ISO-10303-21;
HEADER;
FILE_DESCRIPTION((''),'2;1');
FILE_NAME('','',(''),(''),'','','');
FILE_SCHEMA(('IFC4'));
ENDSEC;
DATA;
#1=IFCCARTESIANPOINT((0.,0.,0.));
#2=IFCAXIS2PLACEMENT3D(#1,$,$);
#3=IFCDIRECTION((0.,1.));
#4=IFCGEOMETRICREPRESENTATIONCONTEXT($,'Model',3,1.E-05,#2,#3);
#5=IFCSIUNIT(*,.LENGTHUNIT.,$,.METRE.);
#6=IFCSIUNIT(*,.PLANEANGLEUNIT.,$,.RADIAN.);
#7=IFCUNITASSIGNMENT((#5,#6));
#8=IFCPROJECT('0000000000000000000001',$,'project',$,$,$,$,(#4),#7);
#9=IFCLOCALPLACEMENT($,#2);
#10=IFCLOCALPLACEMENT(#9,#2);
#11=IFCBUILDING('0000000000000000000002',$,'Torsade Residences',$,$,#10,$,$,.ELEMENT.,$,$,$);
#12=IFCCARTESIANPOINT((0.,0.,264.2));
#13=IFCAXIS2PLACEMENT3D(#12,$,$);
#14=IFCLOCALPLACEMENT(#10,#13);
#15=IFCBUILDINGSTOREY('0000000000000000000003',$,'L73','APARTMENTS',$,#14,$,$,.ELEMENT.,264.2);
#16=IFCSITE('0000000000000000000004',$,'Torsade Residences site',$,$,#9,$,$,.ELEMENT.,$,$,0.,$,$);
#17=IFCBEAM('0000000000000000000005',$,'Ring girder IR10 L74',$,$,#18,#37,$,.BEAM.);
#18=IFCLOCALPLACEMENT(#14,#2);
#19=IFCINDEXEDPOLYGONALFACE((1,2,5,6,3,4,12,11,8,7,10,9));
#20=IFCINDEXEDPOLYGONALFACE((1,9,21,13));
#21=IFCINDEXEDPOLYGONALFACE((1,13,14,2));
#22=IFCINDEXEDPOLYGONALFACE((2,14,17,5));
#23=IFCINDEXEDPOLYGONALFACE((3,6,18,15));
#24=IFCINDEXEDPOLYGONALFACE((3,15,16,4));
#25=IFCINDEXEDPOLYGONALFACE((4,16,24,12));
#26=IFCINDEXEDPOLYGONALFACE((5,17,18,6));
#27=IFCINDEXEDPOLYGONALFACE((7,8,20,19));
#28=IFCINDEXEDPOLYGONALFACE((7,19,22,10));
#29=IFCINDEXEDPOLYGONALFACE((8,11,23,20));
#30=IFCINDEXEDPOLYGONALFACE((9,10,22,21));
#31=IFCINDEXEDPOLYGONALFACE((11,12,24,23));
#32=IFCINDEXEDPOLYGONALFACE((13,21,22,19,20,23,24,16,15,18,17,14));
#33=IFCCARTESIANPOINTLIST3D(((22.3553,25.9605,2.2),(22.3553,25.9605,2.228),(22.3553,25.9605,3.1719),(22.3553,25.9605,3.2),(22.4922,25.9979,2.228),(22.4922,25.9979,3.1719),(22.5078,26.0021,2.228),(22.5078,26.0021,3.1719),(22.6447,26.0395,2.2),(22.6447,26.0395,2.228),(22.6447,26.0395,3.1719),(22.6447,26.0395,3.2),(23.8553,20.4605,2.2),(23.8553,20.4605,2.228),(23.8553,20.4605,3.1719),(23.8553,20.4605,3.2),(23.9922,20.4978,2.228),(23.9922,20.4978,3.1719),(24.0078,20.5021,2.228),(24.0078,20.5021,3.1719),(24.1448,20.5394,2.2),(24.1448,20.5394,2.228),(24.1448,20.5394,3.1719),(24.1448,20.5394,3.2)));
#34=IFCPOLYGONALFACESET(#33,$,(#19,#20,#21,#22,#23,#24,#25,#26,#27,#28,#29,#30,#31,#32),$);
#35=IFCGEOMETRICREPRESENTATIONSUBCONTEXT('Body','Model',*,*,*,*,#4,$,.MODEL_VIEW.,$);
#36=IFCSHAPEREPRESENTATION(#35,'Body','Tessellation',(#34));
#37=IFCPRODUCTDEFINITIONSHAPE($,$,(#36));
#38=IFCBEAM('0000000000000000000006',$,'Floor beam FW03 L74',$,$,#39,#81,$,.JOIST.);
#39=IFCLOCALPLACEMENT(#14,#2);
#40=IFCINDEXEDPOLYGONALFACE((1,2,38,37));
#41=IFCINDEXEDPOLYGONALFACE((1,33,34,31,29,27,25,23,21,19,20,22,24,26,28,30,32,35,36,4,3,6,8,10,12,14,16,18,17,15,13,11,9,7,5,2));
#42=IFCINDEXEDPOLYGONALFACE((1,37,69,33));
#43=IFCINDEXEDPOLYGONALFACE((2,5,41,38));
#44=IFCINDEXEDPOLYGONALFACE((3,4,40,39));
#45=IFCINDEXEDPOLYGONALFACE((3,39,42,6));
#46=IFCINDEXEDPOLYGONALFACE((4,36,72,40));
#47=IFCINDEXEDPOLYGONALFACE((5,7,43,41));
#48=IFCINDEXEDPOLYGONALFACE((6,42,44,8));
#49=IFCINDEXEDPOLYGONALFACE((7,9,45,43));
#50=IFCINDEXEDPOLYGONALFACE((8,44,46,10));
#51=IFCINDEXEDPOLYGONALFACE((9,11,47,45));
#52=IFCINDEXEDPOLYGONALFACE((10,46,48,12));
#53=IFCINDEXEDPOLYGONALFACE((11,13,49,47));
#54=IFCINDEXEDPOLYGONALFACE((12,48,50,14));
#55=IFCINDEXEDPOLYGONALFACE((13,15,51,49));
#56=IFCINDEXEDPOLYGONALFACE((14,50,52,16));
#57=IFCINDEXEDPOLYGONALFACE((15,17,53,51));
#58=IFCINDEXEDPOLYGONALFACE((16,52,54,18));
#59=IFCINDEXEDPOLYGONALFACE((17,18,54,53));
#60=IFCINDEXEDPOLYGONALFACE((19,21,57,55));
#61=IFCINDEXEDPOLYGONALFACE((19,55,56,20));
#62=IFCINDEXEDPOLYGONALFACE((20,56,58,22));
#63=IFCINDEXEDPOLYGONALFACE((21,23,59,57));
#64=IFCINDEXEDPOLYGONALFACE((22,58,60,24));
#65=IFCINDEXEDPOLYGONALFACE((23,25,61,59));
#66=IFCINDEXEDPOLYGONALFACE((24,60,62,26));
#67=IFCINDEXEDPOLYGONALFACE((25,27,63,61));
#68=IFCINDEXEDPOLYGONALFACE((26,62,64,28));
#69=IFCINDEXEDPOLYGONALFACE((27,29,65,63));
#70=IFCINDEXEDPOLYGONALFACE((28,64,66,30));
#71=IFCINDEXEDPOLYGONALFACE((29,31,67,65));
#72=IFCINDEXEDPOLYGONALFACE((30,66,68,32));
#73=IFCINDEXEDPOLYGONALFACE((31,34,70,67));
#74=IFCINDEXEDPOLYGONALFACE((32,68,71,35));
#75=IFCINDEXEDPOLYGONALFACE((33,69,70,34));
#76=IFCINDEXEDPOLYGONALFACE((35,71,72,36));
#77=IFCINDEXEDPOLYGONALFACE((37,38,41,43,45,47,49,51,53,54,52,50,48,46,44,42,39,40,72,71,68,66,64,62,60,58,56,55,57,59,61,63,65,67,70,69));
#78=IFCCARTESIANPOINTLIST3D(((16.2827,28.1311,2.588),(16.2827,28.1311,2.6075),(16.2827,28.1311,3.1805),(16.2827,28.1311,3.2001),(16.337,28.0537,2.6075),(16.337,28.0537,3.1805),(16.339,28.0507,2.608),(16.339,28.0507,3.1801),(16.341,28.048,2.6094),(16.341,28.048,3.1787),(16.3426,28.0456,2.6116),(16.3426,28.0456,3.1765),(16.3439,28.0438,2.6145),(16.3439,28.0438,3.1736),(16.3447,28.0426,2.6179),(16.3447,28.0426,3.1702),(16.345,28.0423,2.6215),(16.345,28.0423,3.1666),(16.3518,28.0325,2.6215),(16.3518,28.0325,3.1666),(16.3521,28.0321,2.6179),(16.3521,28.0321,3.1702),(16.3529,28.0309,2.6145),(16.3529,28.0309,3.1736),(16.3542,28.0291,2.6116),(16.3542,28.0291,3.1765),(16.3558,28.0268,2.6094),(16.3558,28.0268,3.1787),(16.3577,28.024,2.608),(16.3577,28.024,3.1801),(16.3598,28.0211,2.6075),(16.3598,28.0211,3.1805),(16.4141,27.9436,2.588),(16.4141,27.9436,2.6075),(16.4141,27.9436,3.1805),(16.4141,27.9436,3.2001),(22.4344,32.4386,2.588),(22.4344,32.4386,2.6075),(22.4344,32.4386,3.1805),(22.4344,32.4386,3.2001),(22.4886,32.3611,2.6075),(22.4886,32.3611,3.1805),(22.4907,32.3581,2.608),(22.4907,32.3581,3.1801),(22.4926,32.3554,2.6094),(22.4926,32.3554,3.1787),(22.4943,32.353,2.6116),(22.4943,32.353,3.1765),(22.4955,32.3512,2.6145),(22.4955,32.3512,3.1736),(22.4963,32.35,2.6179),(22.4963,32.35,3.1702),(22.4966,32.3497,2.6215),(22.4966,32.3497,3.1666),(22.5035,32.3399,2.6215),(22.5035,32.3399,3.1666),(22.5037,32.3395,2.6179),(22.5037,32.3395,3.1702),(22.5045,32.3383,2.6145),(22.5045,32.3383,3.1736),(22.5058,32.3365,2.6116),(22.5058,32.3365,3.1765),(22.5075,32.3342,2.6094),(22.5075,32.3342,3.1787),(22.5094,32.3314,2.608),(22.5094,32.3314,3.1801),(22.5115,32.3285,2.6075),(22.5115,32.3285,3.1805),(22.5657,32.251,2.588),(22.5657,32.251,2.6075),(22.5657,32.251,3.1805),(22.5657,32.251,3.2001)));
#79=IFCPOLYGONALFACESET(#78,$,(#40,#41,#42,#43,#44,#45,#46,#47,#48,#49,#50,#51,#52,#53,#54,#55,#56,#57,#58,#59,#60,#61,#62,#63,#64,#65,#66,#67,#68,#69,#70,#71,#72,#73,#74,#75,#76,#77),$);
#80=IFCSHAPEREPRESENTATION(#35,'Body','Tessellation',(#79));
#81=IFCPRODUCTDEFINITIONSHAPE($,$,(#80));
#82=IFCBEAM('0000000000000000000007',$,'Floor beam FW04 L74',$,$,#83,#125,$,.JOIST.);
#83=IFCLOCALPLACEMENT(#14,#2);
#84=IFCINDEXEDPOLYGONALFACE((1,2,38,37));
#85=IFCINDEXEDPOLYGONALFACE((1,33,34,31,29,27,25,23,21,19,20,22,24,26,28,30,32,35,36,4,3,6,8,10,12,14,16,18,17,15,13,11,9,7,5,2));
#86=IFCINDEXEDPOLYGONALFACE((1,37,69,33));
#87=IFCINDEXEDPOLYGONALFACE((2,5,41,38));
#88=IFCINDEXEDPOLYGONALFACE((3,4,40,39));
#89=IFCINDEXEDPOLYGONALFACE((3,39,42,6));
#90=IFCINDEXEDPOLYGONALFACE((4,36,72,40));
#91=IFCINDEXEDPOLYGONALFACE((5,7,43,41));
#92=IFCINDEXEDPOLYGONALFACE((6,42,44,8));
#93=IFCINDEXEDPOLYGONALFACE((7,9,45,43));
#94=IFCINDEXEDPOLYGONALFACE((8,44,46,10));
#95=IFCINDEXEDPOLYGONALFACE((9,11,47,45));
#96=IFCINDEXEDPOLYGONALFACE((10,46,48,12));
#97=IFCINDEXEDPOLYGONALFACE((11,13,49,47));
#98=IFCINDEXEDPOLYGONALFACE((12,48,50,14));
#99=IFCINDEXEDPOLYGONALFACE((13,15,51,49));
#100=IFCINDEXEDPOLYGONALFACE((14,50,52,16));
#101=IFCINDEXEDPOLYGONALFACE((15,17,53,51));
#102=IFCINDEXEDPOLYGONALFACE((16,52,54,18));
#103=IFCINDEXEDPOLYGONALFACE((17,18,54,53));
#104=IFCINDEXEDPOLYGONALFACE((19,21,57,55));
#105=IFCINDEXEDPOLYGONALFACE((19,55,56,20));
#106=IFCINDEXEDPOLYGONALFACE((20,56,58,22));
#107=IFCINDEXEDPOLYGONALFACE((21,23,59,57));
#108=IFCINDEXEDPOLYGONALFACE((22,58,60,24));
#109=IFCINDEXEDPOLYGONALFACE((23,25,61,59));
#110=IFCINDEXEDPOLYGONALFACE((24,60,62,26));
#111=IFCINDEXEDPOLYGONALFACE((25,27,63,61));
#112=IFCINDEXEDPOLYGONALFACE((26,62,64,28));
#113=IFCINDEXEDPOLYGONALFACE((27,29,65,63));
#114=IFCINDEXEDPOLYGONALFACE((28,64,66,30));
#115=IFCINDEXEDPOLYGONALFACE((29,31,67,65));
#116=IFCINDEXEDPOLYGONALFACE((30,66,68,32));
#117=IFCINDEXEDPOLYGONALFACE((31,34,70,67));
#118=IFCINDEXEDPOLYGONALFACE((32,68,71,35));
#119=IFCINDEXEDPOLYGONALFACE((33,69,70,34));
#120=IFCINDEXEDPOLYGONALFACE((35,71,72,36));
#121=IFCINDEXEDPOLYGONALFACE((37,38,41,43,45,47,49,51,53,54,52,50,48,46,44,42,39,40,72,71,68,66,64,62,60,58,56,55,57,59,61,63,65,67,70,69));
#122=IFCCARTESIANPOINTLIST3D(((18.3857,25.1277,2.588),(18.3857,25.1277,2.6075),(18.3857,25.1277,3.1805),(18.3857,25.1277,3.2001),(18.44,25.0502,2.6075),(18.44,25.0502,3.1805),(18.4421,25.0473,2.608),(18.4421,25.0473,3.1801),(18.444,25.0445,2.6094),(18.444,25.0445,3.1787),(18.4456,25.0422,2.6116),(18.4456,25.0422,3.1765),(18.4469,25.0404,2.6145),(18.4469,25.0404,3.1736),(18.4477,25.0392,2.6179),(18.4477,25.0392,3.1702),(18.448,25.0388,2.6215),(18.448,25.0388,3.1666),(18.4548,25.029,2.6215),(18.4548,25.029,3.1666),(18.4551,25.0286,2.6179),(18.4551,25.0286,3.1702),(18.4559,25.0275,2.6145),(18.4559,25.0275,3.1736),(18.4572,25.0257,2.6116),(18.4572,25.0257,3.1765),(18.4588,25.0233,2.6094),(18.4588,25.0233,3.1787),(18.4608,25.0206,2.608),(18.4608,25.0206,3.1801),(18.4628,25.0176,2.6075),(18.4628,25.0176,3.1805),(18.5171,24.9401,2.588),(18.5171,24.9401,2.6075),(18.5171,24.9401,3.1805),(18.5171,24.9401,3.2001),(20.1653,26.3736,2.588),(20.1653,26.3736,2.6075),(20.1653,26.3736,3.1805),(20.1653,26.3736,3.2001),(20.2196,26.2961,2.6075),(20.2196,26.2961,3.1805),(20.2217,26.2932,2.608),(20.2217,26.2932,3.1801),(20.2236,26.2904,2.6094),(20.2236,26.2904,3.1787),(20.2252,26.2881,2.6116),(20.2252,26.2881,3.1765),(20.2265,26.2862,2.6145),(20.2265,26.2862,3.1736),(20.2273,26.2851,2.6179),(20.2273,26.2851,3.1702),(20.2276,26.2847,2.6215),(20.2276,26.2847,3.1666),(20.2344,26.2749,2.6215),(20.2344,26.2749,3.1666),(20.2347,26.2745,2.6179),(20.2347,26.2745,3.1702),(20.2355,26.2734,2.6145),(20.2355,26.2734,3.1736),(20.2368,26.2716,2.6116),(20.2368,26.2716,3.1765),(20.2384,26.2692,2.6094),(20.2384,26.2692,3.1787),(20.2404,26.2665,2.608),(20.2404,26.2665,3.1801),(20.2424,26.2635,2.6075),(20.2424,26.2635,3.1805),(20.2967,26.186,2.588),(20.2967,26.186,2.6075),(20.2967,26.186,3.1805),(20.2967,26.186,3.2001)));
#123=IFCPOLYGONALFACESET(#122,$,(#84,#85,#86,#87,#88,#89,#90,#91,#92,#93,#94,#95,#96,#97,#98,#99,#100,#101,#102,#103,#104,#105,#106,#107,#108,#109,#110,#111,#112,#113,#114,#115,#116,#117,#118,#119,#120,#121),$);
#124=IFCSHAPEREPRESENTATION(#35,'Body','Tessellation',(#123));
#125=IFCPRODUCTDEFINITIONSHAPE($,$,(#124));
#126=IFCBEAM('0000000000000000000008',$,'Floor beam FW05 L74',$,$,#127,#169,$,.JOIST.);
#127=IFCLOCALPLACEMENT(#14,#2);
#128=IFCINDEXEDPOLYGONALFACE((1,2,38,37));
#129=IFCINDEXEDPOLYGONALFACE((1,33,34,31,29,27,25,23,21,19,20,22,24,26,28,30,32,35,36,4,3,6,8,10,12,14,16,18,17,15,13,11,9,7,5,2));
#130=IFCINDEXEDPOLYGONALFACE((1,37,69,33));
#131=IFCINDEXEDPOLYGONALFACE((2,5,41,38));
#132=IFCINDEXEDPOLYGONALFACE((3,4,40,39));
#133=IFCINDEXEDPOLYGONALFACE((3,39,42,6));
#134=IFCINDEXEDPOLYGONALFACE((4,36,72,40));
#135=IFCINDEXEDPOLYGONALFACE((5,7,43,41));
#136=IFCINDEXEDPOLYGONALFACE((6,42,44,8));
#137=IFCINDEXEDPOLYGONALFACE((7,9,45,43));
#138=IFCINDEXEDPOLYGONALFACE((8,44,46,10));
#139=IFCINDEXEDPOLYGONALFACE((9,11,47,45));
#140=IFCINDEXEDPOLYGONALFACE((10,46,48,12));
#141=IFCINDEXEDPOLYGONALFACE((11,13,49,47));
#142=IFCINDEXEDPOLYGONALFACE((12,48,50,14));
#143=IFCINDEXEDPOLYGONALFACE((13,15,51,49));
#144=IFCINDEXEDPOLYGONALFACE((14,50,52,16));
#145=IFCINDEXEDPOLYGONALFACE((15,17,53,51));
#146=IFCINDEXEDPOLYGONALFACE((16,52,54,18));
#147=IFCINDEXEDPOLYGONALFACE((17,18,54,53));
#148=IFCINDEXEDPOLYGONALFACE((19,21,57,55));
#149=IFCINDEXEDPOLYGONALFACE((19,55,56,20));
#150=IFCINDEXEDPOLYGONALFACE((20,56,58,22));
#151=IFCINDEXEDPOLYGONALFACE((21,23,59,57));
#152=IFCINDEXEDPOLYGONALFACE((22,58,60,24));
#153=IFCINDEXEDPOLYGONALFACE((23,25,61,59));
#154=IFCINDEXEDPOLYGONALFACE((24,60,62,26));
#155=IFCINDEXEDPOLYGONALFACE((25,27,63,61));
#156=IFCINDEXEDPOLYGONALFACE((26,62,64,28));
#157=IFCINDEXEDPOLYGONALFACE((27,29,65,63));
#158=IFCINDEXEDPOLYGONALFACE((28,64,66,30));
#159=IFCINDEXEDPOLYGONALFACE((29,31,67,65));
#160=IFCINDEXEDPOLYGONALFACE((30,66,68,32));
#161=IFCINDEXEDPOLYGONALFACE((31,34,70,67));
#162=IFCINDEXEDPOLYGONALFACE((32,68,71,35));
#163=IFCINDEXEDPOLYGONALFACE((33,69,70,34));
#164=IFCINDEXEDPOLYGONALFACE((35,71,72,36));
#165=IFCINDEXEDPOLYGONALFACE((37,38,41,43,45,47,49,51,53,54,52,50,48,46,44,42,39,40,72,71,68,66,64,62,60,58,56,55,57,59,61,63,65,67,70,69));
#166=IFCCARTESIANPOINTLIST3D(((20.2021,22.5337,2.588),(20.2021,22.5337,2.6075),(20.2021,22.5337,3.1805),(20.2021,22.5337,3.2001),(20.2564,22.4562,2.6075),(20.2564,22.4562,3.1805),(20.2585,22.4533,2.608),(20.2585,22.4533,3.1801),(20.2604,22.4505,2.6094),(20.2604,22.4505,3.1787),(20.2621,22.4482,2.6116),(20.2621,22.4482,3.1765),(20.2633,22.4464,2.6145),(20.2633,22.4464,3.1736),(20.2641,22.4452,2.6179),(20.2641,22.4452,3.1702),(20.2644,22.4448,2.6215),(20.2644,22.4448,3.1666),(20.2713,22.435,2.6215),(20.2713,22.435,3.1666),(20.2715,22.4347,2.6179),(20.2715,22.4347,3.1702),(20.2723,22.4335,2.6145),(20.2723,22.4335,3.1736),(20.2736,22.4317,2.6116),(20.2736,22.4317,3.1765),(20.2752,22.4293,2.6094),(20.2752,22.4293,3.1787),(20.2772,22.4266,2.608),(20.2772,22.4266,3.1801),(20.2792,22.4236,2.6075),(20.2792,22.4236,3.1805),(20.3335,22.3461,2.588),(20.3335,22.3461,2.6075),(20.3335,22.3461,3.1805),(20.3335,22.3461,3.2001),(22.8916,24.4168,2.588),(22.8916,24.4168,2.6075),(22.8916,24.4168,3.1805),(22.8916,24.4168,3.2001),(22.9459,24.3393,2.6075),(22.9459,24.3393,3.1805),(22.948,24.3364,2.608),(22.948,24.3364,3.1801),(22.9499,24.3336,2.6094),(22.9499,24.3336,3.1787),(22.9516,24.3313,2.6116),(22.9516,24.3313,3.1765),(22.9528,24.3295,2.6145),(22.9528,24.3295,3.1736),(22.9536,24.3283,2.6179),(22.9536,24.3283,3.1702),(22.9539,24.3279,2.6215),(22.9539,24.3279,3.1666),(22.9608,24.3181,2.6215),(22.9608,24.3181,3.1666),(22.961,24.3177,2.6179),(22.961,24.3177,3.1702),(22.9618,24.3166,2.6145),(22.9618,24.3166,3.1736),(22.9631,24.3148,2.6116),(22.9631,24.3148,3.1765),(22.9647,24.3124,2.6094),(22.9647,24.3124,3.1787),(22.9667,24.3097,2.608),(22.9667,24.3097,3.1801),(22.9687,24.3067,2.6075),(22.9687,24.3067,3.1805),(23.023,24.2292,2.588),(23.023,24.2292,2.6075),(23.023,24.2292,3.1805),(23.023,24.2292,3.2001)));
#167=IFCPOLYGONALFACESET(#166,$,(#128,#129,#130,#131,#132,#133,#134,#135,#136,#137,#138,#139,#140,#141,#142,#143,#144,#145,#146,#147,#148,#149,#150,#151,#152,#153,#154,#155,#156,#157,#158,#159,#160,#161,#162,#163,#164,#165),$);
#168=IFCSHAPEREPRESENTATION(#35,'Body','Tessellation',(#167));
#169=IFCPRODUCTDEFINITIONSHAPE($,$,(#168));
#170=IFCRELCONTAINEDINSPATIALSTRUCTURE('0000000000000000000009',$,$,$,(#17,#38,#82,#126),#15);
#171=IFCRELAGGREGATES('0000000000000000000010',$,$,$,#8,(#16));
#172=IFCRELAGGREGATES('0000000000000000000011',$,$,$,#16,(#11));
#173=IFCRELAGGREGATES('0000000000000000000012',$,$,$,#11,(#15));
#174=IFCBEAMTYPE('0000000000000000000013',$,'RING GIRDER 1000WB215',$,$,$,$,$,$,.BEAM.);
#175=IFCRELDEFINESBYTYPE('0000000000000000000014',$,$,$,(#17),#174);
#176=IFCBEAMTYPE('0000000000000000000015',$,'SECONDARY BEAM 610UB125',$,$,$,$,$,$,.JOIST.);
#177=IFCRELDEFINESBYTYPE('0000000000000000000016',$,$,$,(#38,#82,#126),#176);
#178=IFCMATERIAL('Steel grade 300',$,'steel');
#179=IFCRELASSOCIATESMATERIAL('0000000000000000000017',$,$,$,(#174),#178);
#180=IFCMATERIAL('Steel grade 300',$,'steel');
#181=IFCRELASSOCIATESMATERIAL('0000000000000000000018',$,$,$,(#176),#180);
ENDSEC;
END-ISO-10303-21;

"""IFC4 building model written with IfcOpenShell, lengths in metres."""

from ifc_helpers import new_model, si_unit, direction, frame, origin, origin_2d, place, context, subcontext, project, spatial, i_section, extrude, material, material_profile, profile_set, type_object, element, save


model = new_model("IFC4")

# Units and contexts
model_context = context("Model", 3, precision=1e-05, world=origin(), true_north=direction((0.0, 1.0)))
body_context = subcontext(model_context, "Body", "Model", "MODEL_VIEW")
ifc_project = project(units=[si_unit("LENGTHUNIT", "METRE"), si_unit("PLANEANGLEUNIT", "RADIAN")], contexts=[model_context])

# Site, building, storey
site_placement = place(None, origin())
site = spatial("IfcSite", under=ifc_project, at=site_placement, Name="Torsade Residences site", CompositionType="ELEMENT", RefElevation=0.0)
building_placement = place(site_placement, origin())
building = spatial("IfcBuilding", under=site, at=building_placement, Name="Torsade Residences", CompositionType="ELEMENT")
storey_placement = place(building_placement, frame((0.0, 0.0, 264.2)))
storey = spatial("IfcBuildingStorey", under=building, at=storey_placement, Name="L73", Description="APARTMENTS", CompositionType="ELEMENT", Elevation=264.2)

# Beams
ifc_material_1 = material(Name="Steel grade 300", Category="steel")
ifc_material_profile_1 = material_profile(ifc_material_1, i_section(OverallWidth=0.3, OverallDepth=1.0, WebThickness=0.0161, FlangeThickness=0.0281, at=origin_2d()), Name="1000WB215")
ifc_profile_set_1 = profile_set([ifc_material_profile_1], Name="Steel grade 300")
beam_type_1 = type_object("IfcBeamType", Name="RING GIRDER 1000WB215", PredefinedType="BEAM", material=ifc_profile_set_1)
beam_1_placement = place(storey_placement, frame((22.5, 26.0, 2.7), z_axis=(0.263117, -0.964764, 0.0), x_axis=(0.964764, 0.263117, 0.0)))
element("IfcBeam", 1, at=beam_1_placement, inside=storey, type_object=beam_type_1, Name="Ring girder IR10 L74", PredefinedType="BEAM", context=body_context, shape_type="SweptSolid", body=[
    extrude(i_section(OverallWidth=0.3, OverallDepth=1.0, WebThickness=0.0161, FlangeThickness=0.0281, at=origin_2d()), origin(), (0.0, 0.0, 1.0), 5.7009),
])
ifc_material_2 = material(Name="Steel grade 300", Category="steel")
ifc_material_profile_2 = material_profile(ifc_material_2, i_section(OverallWidth=0.229, OverallDepth=0.6121, WebThickness=0.012, FlangeThickness=0.0195, FilletRadius=0.0139, at=origin_2d()), Name="610UB125")
ifc_profile_set_2 = profile_set([ifc_material_profile_2], Name="Steel grade 300")
beam_type_2 = type_object("IfcBeamType", Name="SECONDARY BEAM 610UB125", PredefinedType="JOIST", material=ifc_profile_set_2)
beam_2_placement = place(storey_placement, frame((16.3484, 28.0374, 2.894), z_axis=(0.819154, 0.573574, 0.0), x_axis=(-0.573574, 0.819154, 0.0)))
element("IfcBeam", 2, at=beam_2_placement, inside=storey, type_object=beam_type_2, Name="Floor beam FW03 L74", PredefinedType="JOIST", context=body_context, shape_type="SweptSolid", body=[
    extrude(i_section(OverallWidth=0.229, OverallDepth=0.6121, WebThickness=0.012, FlangeThickness=0.0195, FilletRadius=0.0139, at=origin_2d()), origin(), (0.0, 0.0, 1.0), 7.5098),
])
beam_3_placement = place(storey_placement, frame((18.4514, 25.0339, 2.894), z_axis=(0.819195, 0.573515, 0.0), x_axis=(-0.573515, 0.819195, 0.0)))
element("IfcBeam", 3, at=beam_3_placement, inside=storey, type_object=beam_type_2, Name="Floor beam FW04 L74", PredefinedType="JOIST", context=body_context, shape_type="SweptSolid", body=[
    extrude(i_section(OverallWidth=0.229, OverallDepth=0.6121, WebThickness=0.012, FlangeThickness=0.0195, FilletRadius=0.0139, at=origin_2d()), origin(), (0.0, 0.0, 1.0), 2.1724),
])
beam_4_placement = place(storey_placement, frame((20.2678, 22.4399, 2.894), z_axis=(0.819169, 0.573552, 0.0), x_axis=(-0.573552, 0.819169, 0.0)))
element("IfcBeam", 4, at=beam_4_placement, inside=storey, type_object=beam_type_2, Name="Floor beam FW05 L74", PredefinedType="JOIST", context=body_context, shape_type="SweptSolid", body=[
    extrude(i_section(OverallWidth=0.229, OverallDepth=0.6121, WebThickness=0.012, FlangeThickness=0.0195, FilletRadius=0.0139, at=origin_2d()), origin(), (0.0, 0.0, 1.0), 3.2832),
])

save(model, "model.ifc")
